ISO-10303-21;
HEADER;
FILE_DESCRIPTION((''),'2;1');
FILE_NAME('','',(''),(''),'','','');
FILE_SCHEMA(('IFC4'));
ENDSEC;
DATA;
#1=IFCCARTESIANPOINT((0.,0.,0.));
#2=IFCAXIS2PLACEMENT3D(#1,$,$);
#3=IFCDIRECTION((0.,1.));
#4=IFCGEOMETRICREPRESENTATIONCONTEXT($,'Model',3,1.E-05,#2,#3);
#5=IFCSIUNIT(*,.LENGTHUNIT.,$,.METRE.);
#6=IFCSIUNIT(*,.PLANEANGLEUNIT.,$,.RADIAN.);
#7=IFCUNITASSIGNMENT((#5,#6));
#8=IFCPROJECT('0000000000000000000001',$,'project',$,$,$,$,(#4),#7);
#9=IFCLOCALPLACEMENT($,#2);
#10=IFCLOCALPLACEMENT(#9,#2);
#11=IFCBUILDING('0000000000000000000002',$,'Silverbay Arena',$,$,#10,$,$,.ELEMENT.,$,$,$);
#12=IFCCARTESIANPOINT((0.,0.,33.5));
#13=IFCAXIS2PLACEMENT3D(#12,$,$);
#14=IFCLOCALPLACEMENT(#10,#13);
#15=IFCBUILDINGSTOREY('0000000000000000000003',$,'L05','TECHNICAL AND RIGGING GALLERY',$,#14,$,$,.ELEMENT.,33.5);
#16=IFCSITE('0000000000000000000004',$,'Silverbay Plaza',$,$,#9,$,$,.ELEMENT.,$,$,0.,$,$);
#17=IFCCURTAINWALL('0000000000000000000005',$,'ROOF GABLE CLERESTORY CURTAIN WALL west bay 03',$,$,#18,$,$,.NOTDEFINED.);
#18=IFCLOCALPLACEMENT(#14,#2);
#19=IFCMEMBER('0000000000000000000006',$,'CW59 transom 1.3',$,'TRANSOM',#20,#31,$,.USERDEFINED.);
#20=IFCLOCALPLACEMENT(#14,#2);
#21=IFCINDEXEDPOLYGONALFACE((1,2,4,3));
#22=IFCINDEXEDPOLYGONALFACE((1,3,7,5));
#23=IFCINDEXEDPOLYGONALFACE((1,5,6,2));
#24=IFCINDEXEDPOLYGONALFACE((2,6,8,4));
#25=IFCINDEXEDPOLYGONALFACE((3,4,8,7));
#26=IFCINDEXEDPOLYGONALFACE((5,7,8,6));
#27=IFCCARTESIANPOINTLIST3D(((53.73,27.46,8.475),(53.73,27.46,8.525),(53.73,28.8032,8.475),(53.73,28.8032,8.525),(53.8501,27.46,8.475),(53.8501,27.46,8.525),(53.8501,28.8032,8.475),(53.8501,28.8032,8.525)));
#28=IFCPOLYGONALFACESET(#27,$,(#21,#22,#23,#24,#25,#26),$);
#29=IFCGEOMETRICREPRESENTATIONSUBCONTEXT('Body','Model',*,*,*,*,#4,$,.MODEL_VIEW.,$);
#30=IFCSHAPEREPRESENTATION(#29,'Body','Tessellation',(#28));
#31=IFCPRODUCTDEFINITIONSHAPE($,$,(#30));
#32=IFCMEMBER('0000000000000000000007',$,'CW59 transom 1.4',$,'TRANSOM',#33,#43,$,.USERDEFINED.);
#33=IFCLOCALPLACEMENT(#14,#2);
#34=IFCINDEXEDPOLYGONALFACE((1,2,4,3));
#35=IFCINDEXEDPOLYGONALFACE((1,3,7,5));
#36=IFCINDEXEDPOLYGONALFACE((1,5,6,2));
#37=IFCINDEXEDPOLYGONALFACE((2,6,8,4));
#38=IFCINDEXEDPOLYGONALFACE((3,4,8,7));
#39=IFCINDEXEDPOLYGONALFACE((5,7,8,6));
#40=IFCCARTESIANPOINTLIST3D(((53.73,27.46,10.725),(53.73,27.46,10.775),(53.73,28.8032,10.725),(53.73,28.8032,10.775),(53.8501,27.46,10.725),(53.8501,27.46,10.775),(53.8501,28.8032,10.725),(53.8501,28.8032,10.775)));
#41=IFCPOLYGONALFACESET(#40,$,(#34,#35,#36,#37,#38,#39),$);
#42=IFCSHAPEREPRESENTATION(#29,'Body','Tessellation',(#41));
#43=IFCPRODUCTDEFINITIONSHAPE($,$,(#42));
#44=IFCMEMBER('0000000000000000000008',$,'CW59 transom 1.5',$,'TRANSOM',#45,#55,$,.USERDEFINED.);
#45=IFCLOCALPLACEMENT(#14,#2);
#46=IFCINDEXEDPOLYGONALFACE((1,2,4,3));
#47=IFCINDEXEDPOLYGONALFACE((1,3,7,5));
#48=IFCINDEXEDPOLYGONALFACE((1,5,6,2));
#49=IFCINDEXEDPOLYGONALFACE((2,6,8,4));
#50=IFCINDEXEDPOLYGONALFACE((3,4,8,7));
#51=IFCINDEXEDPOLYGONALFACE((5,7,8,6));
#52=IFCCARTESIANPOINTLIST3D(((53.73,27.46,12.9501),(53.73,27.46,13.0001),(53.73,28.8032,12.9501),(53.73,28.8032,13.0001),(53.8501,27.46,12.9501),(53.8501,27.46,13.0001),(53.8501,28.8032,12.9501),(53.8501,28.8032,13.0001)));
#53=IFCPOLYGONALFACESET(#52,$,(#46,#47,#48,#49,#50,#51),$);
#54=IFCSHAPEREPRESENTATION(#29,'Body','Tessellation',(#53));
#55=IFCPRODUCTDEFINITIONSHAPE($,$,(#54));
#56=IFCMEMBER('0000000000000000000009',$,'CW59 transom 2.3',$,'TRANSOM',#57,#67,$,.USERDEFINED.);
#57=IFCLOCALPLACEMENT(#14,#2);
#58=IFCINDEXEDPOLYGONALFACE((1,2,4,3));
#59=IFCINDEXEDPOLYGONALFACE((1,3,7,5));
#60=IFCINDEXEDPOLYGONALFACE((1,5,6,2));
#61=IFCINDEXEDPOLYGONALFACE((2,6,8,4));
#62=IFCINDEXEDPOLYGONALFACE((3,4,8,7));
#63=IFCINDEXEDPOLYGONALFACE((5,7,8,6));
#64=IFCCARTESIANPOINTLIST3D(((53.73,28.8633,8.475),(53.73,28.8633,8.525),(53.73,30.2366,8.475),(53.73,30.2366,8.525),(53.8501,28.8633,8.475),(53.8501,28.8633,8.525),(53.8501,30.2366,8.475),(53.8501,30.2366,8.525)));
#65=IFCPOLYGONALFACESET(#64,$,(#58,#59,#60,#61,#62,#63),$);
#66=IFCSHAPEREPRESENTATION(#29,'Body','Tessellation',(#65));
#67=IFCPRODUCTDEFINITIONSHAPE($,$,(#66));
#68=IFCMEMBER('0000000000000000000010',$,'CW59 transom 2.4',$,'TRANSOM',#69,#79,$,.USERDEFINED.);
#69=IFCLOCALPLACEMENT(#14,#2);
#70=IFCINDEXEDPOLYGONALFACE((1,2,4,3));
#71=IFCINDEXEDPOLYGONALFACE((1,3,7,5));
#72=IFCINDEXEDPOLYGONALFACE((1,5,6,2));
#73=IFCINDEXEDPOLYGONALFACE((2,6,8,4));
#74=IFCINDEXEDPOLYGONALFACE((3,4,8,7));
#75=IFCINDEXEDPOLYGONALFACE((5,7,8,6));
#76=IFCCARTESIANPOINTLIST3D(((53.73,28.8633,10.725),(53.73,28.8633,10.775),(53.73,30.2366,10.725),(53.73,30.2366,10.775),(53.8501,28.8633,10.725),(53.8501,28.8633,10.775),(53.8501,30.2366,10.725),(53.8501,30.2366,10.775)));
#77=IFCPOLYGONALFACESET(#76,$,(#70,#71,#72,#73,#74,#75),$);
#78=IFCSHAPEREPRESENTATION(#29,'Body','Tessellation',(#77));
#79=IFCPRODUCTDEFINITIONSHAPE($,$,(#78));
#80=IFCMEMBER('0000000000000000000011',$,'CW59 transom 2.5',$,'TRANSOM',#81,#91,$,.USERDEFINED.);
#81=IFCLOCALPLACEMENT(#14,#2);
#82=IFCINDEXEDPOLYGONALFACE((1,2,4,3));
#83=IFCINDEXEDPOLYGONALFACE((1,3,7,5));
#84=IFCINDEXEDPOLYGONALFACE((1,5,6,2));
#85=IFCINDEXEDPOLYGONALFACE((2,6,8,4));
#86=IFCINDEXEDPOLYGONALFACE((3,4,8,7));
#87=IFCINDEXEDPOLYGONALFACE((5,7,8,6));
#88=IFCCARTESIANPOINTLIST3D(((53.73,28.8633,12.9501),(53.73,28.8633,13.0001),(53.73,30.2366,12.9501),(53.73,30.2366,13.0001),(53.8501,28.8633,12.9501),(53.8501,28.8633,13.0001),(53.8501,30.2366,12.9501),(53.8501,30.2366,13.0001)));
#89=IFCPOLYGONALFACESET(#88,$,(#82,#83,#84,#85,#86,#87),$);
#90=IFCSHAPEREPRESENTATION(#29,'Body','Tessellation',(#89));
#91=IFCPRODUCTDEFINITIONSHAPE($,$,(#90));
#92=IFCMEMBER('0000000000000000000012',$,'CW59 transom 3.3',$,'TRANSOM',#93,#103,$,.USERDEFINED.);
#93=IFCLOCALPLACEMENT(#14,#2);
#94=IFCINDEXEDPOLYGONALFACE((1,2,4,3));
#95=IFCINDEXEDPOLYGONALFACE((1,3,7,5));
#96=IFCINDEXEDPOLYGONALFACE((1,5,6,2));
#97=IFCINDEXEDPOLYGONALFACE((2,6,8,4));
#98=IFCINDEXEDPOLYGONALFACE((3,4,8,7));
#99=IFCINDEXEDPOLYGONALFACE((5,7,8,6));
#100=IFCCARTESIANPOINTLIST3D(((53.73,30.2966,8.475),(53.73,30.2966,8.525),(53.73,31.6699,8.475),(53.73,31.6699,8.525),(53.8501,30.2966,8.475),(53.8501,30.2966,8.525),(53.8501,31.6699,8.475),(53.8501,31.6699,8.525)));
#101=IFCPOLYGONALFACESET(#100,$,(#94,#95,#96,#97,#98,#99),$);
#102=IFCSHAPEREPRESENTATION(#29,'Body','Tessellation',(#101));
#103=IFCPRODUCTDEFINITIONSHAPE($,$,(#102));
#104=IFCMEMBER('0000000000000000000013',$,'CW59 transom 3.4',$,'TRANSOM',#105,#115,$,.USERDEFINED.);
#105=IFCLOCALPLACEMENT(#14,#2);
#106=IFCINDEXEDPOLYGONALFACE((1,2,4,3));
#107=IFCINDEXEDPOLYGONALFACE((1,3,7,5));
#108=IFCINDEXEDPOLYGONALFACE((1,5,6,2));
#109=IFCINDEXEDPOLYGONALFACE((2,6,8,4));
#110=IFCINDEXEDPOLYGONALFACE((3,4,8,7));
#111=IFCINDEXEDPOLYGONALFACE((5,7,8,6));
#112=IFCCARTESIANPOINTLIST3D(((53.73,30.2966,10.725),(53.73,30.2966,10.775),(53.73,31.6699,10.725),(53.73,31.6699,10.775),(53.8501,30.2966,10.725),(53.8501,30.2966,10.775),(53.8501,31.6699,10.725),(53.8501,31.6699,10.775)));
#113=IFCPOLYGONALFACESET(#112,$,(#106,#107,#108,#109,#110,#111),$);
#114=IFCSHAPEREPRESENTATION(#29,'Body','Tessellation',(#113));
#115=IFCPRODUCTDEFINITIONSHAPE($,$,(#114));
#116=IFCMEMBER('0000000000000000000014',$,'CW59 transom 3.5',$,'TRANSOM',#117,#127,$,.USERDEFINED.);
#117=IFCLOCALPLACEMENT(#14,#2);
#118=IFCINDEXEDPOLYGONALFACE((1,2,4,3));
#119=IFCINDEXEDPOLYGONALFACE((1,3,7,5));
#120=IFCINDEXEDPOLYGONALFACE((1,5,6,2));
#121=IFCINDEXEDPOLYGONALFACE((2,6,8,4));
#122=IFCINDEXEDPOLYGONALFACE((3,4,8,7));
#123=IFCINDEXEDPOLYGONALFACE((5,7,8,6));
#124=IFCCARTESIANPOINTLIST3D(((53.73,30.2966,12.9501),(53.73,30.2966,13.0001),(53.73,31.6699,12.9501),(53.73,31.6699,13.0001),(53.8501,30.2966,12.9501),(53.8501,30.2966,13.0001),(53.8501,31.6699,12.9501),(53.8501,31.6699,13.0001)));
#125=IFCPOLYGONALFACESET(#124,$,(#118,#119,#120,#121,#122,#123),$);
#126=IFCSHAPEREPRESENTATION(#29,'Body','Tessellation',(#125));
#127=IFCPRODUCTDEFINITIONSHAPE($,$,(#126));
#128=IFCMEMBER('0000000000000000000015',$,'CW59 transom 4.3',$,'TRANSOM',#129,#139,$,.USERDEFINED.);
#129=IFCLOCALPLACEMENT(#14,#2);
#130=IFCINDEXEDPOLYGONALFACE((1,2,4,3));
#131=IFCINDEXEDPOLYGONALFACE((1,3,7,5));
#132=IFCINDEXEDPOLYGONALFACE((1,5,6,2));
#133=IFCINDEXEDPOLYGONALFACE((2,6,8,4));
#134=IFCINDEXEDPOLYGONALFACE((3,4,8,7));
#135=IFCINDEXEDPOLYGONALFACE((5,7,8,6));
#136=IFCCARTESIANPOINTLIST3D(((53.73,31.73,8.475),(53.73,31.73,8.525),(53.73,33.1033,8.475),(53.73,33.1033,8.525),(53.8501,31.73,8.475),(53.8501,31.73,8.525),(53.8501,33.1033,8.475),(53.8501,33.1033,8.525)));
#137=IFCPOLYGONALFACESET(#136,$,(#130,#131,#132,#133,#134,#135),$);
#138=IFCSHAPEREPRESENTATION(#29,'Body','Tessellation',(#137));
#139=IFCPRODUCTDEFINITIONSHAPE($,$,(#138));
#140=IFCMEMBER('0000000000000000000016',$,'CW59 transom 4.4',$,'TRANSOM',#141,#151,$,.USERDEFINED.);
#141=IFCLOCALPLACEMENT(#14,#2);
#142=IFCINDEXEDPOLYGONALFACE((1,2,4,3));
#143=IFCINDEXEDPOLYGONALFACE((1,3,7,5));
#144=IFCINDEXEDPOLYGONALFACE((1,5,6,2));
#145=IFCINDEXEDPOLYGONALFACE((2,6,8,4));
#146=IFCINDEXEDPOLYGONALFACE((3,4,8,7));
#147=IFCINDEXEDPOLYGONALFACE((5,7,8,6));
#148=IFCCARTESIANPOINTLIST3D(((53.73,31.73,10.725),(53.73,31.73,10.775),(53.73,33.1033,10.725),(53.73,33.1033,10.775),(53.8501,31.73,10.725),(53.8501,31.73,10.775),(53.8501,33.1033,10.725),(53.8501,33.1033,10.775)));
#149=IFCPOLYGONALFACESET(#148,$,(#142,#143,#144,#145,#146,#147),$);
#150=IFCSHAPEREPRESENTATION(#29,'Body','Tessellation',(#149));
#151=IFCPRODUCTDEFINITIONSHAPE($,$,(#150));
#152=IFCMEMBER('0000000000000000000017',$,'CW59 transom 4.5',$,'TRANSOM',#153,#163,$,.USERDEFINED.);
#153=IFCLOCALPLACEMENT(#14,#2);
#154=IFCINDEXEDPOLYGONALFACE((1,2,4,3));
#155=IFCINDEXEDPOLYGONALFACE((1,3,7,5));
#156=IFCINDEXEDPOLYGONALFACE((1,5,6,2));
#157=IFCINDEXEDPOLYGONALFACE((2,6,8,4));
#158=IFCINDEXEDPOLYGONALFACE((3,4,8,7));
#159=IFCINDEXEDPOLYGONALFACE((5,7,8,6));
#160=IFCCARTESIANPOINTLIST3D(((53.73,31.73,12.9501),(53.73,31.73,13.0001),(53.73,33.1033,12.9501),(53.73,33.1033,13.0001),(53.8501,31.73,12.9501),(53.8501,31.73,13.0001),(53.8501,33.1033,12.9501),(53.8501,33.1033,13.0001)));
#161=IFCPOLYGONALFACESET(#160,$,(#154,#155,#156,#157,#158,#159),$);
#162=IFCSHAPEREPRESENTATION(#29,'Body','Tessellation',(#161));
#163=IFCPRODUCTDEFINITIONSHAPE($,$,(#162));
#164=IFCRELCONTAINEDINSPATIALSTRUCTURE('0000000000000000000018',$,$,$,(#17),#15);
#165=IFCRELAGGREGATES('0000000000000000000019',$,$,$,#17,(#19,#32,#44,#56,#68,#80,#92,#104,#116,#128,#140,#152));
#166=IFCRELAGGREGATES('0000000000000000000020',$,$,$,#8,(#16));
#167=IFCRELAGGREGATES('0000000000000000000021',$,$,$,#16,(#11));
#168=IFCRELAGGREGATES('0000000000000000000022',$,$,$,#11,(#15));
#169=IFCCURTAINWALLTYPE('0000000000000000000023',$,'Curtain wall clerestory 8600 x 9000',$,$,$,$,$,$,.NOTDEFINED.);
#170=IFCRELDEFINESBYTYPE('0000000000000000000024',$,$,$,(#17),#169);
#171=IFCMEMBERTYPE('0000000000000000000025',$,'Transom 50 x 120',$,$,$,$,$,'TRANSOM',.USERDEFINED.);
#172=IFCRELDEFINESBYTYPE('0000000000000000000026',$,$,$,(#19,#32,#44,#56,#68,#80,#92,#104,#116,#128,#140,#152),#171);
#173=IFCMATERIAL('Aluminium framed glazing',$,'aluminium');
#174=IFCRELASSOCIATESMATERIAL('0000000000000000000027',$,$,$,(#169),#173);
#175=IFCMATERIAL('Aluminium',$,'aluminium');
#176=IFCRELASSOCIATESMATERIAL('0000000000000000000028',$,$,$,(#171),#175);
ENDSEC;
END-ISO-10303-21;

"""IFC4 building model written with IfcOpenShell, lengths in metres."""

from ifc_helpers import new_model, si_unit, direction, frame, origin, origin_2d, place, context, subcontext, project, spatial, rectangle, extrude, material, material_profile, profile_set, type_object, element, aggregate, save


model = new_model("IFC4")

# Units and contexts
model_context = context("Model", 3, precision=1e-05, world=origin(), true_north=direction((0.0, 1.0)))
body_context = subcontext(model_context, "Body", "Model", "MODEL_VIEW")
ifc_project = project(units=[si_unit("LENGTHUNIT", "METRE"), si_unit("PLANEANGLEUNIT", "RADIAN")], contexts=[model_context])

# Site, building, storey
site_placement = place(None, origin())
site = spatial("IfcSite", under=ifc_project, at=site_placement, Name="Silverbay Plaza", CompositionType="ELEMENT", RefElevation=0.0)
building_placement = place(site_placement, origin())
building = spatial("IfcBuilding", under=site, at=building_placement, Name="Silverbay Arena", CompositionType="ELEMENT")
storey_placement = place(building_placement, frame((0.0, 0.0, 33.5)))
storey = spatial("IfcBuildingStorey", under=building, at=storey_placement, Name="L05", Description="TECHNICAL AND RIGGING GALLERY", CompositionType="ELEMENT", Elevation=33.5)

# Curtain wall, members
ifc_material_1 = material(Name="Aluminium framed glazing", Category="aluminium")
curtain_wall_type = type_object("IfcCurtainWallType", Name="Curtain wall clerestory 8600 x 9000", PredefinedType="NOTDEFINED", material=ifc_material_1)
curtain_wall_placement = place(storey_placement, origin())
curtain_wall = element("IfcCurtainWall", 1, at=curtain_wall_placement, inside=storey, type_object=curtain_wall_type, Name="ROOF GABLE CLERESTORY CURTAIN WALL west bay 03", PredefinedType="NOTDEFINED")
ifc_material_2 = material(Name="Aluminium", Category="aluminium")
ifc_material_profile_1 = material_profile(ifc_material_2, rectangle(XDim=0.1201, YDim=0.05, at=origin_2d()), Name="Transom 50 x 120")
ifc_profile_set_1 = profile_set([ifc_material_profile_1], Name="Aluminium")
member_type_1 = type_object("IfcMemberType", Name="Transom 50 x 120", ElementType="TRANSOM", PredefinedType="USERDEFINED", material=ifc_profile_set_1)
member_1_placement = place(storey_placement, frame((53.79, 27.46, 8.5), z_axis=(0.0, 1.0, 0.0), x_axis=(-1.0, 0.0, 0.0)))
member_1 = element("IfcMember", 2, at=member_1_placement, type_object=member_type_1, Name="CW59 transom 1.3", ObjectType="TRANSOM", PredefinedType="USERDEFINED", context=body_context, shape_type="SweptSolid", body=[
    extrude(rectangle(XDim=0.1201, YDim=0.05, at=origin_2d()), origin(), (0.0, 0.0, 1.0), 1.3433),
])
member_2_placement = place(storey_placement, frame((53.79, 27.46, 10.75), z_axis=(0.0, 1.0, 0.0), x_axis=(-1.0, 0.0, 0.0)))
member_2 = element("IfcMember", 3, at=member_2_placement, type_object=member_type_1, Name="CW59 transom 1.4", ObjectType="TRANSOM", PredefinedType="USERDEFINED", context=body_context, shape_type="SweptSolid", body=[
    extrude(rectangle(XDim=0.1201, YDim=0.05, at=origin_2d()), origin(), (0.0, 0.0, 1.0), 1.3433),
])
member_3_placement = place(storey_placement, frame((53.79, 27.46, 12.9751), z_axis=(0.0, 1.0, 0.0), x_axis=(-1.0, 0.0, 0.0)))
member_3 = element("IfcMember", 4, at=member_3_placement, type_object=member_type_1, Name="CW59 transom 1.5", ObjectType="TRANSOM", PredefinedType="USERDEFINED", context=body_context, shape_type="SweptSolid", body=[
    extrude(rectangle(XDim=0.1201, YDim=0.05, at=origin_2d()), origin(), (0.0, 0.0, 1.0), 1.3433),
])
member_4_placement = place(storey_placement, frame((53.79, 28.8633, 8.5), z_axis=(0.0, 1.0, 0.0), x_axis=(-1.0, 0.0, 0.0)))
member_4 = element("IfcMember", 5, at=member_4_placement, type_object=member_type_1, Name="CW59 transom 2.3", ObjectType="TRANSOM", PredefinedType="USERDEFINED", context=body_context, shape_type="SweptSolid", body=[
    extrude(rectangle(XDim=0.1201, YDim=0.05, at=origin_2d()), origin(), (0.0, 0.0, 1.0), 1.3733),
])
member_5_placement = place(storey_placement, frame((53.79, 28.8633, 10.75), z_axis=(0.0, 1.0, 0.0), x_axis=(-1.0, 0.0, 0.0)))
member_5 = element("IfcMember", 6, at=member_5_placement, type_object=member_type_1, Name="CW59 transom 2.4", ObjectType="TRANSOM", PredefinedType="USERDEFINED", context=body_context, shape_type="SweptSolid", body=[
    extrude(rectangle(XDim=0.1201, YDim=0.05, at=origin_2d()), origin(), (0.0, 0.0, 1.0), 1.3733),
])
member_6_placement = place(storey_placement, frame((53.79, 28.8633, 12.9751), z_axis=(0.0, 1.0, 0.0), x_axis=(-1.0, 0.0, 0.0)))
member_6 = element("IfcMember", 7, at=member_6_placement, type_object=member_type_1, Name="CW59 transom 2.5", ObjectType="TRANSOM", PredefinedType="USERDEFINED", context=body_context, shape_type="SweptSolid", body=[
    extrude(rectangle(XDim=0.1201, YDim=0.05, at=origin_2d()), origin(), (0.0, 0.0, 1.0), 1.3733),
])
member_7_placement = place(storey_placement, frame((53.79, 30.2966, 8.5), z_axis=(0.0, 1.0, 0.0), x_axis=(-1.0, 0.0, 0.0)))
member_7 = element("IfcMember", 8, at=member_7_placement, type_object=member_type_1, Name="CW59 transom 3.3", ObjectType="TRANSOM", PredefinedType="USERDEFINED", context=body_context, shape_type="SweptSolid", body=[
    extrude(rectangle(XDim=0.1201, YDim=0.05, at=origin_2d()), origin(), (0.0, 0.0, 1.0), 1.3733),
])
member_8_placement = place(storey_placement, frame((53.79, 30.2966, 10.75), z_axis=(0.0, 1.0, 0.0), x_axis=(-1.0, 0.0, 0.0)))
member_8 = element("IfcMember", 9, at=member_8_placement, type_object=member_type_1, Name="CW59 transom 3.4", ObjectType="TRANSOM", PredefinedType="USERDEFINED", context=body_context, shape_type="SweptSolid", body=[
    extrude(rectangle(XDim=0.1201, YDim=0.05, at=origin_2d()), origin(), (0.0, 0.0, 1.0), 1.3733),
])
member_9_placement = place(storey_placement, frame((53.79, 30.2966, 12.9751), z_axis=(0.0, 1.0, 0.0), x_axis=(-1.0, 0.0, 0.0)))
member_9 = element("IfcMember", 10, at=member_9_placement, type_object=member_type_1, Name="CW59 transom 3.5", ObjectType="TRANSOM", PredefinedType="USERDEFINED", context=body_context, shape_type="SweptSolid", body=[
    extrude(rectangle(XDim=0.1201, YDim=0.05, at=origin_2d()), origin(), (0.0, 0.0, 1.0), 1.3733),
])
member_10_placement = place(storey_placement, frame((53.79, 31.73, 8.5), z_axis=(0.0, 1.0, 0.0), x_axis=(-1.0, 0.0, 0.0)))
member_10 = element("IfcMember", 11, at=member_10_placement, type_object=member_type_1, Name="CW59 transom 4.3", ObjectType="TRANSOM", PredefinedType="USERDEFINED", context=body_context, shape_type="SweptSolid", body=[
    extrude(rectangle(XDim=0.1201, YDim=0.05, at=origin_2d()), origin(), (0.0, 0.0, 1.0), 1.3733),
])
member_11_placement = place(storey_placement, frame((53.79, 31.73, 10.75), z_axis=(0.0, 1.0, 0.0), x_axis=(-1.0, 0.0, 0.0)))
member_11 = element("IfcMember", 12, at=member_11_placement, type_object=member_type_1, Name="CW59 transom 4.4", ObjectType="TRANSOM", PredefinedType="USERDEFINED", context=body_context, shape_type="SweptSolid", body=[
    extrude(rectangle(XDim=0.1201, YDim=0.05, at=origin_2d()), origin(), (0.0, 0.0, 1.0), 1.3733),
])
member_12_placement = place(storey_placement, frame((53.79, 31.73, 12.9751), z_axis=(0.0, 1.0, 0.0), x_axis=(-1.0, 0.0, 0.0)))
member_12 = element("IfcMember", 13, at=member_12_placement, type_object=member_type_1, Name="CW59 transom 4.5", ObjectType="TRANSOM", PredefinedType="USERDEFINED", context=body_context, shape_type="SweptSolid", body=[
    extrude(rectangle(XDim=0.1201, YDim=0.05, at=origin_2d()), origin(), (0.0, 0.0, 1.0), 1.3733),
])

aggregate(curtain_wall, [member_1, member_2, member_3, member_4, member_5, member_6, member_7, member_8, member_9, member_10, member_11, member_12])

save(model, "model.ifc")
